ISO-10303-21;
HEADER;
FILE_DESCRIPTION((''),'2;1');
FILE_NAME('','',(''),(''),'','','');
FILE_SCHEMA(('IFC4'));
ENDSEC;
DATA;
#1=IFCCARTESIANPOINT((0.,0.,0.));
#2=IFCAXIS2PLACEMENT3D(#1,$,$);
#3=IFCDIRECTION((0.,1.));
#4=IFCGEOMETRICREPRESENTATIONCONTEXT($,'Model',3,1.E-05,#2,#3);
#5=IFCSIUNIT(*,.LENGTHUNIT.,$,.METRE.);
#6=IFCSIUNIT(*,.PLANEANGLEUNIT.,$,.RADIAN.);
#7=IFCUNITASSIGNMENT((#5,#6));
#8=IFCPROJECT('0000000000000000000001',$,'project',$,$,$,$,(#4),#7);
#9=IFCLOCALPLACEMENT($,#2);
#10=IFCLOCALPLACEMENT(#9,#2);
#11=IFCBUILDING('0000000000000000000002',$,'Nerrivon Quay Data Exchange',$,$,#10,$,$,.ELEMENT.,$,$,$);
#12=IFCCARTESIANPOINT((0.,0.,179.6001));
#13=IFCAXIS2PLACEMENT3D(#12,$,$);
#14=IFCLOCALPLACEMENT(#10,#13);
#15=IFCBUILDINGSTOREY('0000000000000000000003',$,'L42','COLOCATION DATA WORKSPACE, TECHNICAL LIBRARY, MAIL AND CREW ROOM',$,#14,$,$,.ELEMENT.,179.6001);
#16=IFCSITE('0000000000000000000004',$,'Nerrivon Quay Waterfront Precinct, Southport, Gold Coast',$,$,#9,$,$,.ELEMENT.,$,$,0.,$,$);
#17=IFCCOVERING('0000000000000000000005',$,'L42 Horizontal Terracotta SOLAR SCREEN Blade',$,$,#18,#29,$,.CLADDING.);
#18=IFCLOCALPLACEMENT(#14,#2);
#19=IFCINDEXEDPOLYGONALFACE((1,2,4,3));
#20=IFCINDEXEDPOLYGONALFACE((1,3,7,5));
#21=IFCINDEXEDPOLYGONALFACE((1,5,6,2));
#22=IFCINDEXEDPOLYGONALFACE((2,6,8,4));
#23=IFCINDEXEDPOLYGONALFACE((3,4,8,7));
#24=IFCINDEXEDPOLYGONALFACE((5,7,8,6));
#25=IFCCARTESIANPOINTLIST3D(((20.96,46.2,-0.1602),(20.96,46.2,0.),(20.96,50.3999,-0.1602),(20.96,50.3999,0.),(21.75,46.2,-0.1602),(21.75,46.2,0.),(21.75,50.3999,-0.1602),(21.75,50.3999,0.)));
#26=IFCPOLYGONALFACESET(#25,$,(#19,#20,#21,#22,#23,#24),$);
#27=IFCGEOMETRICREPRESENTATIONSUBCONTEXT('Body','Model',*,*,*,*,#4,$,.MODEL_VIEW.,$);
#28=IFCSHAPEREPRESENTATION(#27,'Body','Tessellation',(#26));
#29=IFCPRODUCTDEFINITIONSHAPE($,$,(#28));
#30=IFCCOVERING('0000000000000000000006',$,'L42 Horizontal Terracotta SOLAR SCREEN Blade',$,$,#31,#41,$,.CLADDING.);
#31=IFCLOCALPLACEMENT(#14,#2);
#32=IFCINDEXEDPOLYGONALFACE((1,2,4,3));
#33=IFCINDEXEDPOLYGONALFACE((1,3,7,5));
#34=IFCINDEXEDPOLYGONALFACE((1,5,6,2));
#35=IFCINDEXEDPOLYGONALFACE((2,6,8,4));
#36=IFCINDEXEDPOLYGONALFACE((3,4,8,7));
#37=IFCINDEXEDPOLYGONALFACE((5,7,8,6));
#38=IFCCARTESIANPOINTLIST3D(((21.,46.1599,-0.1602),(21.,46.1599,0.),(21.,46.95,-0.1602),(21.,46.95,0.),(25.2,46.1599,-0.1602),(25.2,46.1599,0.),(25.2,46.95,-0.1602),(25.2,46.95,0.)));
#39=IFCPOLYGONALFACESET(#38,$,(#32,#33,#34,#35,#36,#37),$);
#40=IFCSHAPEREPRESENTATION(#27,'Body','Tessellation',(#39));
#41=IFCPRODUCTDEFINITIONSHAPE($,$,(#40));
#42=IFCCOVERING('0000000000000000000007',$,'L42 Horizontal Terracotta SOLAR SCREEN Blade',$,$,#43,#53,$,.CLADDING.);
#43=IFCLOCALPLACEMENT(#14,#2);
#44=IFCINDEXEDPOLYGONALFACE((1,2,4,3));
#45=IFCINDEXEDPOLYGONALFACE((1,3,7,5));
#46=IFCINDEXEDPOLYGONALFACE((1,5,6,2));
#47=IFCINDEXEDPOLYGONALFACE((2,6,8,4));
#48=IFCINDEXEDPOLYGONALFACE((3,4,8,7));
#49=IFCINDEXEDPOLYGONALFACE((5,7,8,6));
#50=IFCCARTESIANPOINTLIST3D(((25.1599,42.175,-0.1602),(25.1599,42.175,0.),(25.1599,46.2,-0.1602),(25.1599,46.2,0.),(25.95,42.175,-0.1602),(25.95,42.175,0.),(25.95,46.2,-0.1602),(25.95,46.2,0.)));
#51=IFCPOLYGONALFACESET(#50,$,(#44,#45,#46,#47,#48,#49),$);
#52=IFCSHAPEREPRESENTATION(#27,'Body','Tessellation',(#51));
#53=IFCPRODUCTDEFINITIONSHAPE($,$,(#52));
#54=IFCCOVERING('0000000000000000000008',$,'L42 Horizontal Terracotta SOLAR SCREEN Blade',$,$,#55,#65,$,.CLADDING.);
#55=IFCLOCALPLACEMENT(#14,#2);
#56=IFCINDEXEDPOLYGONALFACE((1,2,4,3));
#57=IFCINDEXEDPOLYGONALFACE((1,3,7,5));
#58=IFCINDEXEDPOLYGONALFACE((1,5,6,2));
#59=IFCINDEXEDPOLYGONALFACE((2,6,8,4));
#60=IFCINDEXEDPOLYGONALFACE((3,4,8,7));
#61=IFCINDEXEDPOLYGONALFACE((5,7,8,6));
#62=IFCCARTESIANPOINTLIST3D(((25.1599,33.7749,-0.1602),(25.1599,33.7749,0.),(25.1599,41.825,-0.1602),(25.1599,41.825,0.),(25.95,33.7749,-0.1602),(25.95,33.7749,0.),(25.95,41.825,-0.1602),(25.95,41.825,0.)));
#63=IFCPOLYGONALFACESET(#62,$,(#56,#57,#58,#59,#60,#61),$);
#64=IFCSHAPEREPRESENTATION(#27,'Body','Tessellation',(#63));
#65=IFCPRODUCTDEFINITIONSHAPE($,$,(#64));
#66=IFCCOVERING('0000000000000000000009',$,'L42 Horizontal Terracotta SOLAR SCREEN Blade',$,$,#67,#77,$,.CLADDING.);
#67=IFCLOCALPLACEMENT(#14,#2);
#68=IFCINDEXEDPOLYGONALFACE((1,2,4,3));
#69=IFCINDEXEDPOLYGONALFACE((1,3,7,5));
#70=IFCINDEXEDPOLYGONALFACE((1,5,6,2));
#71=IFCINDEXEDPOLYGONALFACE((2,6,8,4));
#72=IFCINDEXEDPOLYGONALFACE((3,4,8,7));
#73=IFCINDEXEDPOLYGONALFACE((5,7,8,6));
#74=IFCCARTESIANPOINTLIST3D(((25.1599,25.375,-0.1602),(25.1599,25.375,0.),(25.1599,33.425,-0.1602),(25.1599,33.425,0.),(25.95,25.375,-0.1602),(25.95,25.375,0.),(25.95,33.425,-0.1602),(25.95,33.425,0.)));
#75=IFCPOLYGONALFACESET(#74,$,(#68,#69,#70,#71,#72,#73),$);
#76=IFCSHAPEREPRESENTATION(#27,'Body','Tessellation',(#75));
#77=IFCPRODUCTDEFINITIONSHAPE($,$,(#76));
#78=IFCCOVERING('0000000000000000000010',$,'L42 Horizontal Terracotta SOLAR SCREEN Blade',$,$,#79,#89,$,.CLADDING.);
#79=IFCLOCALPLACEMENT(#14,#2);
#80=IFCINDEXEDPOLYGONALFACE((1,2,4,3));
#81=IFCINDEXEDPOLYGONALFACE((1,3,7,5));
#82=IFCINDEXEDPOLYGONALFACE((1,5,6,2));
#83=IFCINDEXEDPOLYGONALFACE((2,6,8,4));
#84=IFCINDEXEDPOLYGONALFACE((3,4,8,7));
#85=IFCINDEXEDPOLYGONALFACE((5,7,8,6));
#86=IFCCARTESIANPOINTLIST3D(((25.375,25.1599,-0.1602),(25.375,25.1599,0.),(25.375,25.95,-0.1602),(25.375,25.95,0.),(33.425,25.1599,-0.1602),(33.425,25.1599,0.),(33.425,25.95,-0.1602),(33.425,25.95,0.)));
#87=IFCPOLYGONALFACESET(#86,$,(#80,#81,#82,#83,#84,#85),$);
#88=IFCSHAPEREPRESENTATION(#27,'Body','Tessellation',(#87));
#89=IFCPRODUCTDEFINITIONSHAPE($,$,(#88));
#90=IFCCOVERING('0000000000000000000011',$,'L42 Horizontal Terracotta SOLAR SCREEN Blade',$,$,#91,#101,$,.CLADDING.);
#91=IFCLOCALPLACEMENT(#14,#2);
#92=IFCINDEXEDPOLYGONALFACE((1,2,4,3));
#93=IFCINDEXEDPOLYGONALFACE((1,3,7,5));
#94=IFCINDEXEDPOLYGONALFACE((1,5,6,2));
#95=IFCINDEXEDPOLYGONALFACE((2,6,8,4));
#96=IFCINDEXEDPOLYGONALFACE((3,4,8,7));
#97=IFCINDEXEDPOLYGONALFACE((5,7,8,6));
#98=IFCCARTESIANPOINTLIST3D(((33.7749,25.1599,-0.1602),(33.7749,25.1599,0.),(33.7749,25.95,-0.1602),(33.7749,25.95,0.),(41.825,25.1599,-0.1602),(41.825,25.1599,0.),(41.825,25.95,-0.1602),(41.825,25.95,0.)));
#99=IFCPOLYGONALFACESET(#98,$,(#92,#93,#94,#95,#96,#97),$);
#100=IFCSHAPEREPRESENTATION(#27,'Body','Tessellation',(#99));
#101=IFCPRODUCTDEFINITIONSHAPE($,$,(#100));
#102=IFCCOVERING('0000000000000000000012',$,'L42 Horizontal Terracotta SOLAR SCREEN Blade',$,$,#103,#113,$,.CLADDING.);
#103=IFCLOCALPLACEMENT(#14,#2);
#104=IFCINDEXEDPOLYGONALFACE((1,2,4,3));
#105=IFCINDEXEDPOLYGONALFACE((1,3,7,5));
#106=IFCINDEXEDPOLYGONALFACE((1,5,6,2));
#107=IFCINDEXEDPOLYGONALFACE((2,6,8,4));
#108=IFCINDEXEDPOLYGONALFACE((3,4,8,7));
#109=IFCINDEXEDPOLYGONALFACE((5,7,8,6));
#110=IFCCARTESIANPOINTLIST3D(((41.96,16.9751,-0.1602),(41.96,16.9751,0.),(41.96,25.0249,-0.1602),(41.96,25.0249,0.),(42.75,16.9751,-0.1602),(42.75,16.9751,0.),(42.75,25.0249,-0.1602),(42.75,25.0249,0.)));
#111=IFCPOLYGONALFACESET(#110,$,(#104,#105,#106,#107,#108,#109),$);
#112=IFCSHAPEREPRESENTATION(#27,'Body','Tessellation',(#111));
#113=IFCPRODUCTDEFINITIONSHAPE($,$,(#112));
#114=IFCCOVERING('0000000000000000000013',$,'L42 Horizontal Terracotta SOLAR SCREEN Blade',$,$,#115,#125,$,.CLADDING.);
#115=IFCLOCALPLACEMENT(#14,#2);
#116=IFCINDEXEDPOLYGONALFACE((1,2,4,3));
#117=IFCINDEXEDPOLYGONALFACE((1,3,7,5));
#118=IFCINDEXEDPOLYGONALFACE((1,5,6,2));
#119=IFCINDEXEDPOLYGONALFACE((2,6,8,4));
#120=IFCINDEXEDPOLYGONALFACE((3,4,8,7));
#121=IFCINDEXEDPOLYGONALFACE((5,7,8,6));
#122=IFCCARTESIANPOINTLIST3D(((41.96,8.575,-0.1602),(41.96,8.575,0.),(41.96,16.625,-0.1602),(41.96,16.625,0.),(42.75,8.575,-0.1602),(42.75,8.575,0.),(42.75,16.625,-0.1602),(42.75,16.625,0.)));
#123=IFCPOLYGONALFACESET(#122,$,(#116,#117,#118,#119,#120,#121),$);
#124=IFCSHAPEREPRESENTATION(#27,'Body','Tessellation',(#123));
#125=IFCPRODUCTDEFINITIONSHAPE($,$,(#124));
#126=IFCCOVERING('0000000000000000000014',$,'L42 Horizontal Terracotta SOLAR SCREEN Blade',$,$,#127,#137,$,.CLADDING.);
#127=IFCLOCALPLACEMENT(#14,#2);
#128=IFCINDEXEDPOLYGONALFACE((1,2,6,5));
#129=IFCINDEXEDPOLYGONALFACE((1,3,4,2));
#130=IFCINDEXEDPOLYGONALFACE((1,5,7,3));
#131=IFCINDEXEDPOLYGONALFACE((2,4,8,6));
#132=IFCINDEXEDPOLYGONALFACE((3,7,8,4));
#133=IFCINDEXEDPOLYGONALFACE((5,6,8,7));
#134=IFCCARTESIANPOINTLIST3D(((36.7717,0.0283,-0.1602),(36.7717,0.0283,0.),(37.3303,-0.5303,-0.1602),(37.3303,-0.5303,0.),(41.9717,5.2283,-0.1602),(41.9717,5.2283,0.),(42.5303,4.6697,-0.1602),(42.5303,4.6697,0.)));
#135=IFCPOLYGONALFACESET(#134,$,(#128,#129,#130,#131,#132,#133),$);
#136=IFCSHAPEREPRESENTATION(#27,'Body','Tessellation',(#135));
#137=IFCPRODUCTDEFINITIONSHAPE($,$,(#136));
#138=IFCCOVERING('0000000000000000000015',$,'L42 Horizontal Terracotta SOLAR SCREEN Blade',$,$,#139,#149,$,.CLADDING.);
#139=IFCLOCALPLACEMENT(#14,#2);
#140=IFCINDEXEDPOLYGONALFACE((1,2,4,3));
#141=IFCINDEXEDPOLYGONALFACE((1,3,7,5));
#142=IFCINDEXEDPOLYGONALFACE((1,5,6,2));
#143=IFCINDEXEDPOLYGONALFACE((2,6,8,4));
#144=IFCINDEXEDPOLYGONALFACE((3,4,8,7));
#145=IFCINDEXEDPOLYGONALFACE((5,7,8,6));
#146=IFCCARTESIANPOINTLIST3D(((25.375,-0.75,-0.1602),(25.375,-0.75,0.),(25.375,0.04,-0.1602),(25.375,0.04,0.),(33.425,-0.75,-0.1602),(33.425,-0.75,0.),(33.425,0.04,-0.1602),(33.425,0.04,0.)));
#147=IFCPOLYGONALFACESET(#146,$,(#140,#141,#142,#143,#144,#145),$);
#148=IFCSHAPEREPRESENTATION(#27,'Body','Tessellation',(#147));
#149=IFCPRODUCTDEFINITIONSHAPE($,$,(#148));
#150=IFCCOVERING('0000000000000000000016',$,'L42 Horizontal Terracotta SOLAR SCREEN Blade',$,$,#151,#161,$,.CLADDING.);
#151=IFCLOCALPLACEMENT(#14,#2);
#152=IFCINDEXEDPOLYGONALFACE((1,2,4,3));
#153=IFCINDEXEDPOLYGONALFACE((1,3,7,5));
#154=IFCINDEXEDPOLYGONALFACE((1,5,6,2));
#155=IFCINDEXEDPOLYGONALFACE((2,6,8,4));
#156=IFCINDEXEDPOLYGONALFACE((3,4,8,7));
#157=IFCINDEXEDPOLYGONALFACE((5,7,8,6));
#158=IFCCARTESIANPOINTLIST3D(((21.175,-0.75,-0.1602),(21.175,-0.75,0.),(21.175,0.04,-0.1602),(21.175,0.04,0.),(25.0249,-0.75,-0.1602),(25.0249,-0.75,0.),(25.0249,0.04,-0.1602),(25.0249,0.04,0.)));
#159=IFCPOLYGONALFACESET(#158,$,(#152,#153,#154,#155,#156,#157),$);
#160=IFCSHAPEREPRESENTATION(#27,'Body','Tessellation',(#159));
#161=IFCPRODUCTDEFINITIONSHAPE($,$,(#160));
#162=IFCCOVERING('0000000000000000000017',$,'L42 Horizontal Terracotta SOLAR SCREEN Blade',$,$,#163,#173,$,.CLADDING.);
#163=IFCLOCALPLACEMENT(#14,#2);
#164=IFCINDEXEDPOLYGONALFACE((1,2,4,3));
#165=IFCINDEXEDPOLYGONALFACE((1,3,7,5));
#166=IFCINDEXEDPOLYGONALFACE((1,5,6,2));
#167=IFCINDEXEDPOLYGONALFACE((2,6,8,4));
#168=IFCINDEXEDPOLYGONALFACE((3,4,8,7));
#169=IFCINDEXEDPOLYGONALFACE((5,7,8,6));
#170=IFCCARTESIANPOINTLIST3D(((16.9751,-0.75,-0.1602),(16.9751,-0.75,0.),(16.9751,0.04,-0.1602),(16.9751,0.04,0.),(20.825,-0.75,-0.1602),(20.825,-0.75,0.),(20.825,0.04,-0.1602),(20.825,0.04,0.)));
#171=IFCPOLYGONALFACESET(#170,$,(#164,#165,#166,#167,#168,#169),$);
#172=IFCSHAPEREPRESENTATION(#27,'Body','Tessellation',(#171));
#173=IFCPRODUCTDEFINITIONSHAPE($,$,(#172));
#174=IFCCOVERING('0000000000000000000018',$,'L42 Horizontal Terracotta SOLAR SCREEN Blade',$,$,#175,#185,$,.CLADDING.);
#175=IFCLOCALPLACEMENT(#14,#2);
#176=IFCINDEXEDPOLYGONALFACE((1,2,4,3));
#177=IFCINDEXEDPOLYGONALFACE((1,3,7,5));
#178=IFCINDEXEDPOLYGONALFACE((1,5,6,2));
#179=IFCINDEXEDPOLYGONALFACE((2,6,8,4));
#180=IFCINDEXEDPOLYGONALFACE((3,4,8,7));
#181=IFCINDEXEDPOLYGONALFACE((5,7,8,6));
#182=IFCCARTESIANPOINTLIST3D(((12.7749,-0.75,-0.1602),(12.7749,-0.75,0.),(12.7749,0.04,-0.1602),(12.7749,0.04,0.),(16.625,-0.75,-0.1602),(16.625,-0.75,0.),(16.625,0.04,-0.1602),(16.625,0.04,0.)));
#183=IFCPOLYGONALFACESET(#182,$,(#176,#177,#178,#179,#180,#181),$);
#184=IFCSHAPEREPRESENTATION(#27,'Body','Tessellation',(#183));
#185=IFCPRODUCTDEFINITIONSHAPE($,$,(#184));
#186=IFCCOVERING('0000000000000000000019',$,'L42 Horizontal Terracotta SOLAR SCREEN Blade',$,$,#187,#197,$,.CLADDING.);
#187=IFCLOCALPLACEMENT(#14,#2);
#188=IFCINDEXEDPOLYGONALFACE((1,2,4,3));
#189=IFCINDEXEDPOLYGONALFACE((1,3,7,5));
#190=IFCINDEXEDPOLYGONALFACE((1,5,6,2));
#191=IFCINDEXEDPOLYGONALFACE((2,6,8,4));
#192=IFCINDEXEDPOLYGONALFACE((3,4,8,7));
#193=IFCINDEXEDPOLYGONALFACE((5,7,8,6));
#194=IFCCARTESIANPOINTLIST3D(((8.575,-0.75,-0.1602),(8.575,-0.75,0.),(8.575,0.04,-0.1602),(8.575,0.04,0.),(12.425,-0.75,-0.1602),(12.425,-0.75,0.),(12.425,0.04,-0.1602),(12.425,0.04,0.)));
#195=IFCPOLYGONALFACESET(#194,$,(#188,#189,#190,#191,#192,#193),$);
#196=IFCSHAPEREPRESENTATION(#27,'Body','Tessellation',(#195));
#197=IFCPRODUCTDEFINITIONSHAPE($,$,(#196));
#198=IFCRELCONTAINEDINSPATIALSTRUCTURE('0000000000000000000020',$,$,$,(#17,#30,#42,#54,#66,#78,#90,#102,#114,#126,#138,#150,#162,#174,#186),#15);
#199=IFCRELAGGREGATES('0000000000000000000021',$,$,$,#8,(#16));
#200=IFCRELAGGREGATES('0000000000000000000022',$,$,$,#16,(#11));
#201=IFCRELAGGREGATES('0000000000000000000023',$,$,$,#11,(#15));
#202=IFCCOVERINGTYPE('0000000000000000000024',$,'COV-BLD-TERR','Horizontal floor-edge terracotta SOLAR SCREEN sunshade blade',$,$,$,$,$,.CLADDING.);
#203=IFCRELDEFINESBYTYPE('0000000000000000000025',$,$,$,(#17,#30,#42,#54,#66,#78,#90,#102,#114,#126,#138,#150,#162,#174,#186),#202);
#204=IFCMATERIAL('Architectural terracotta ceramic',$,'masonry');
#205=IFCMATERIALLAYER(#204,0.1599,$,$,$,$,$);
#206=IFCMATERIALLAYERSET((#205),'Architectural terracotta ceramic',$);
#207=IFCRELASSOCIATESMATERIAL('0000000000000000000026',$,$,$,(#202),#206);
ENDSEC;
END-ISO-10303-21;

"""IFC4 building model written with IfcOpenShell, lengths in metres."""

from ifc_helpers import new_model, si_unit, direction, frame, origin, place, context, subcontext, project, spatial, polyline, outline, extrude, material, layer, layer_set, type_object, element, save


model = new_model("IFC4")

# Units and contexts
model_context = context("Model", 3, precision=1e-05, world=origin(), true_north=direction((0.0, 1.0)))
body_context = subcontext(model_context, "Body", "Model", "MODEL_VIEW")
ifc_project = project(units=[si_unit("LENGTHUNIT", "METRE"), si_unit("PLANEANGLEUNIT", "RADIAN")], contexts=[model_context])

# Site, building, storey
site_placement = place(None, origin())
site = spatial("IfcSite", under=ifc_project, at=site_placement, Name="Nerrivon Quay Waterfront Precinct, Southport, Gold Coast", CompositionType="ELEMENT", RefElevation=0.0)
building_placement = place(site_placement, origin())
building = spatial("IfcBuilding", under=site, at=building_placement, Name="Nerrivon Quay Data Exchange", CompositionType="ELEMENT")
storey_placement = place(building_placement, frame((0.0, 0.0, 179.6001)))
storey = spatial("IfcBuildingStorey", under=building, at=storey_placement, Name="L42", Description="COLOCATION DATA WORKSPACE, TECHNICAL LIBRARY, MAIL AND CREW ROOM", CompositionType="ELEMENT", Elevation=179.6001)

# Coverings
ifc_material_1 = material(Name="Architectural terracotta ceramic", Category="masonry")
ifc_layer_1 = layer(ifc_material_1, 0.1599)
ifc_layer_set_1 = layer_set([ifc_layer_1], Name="Architectural terracotta ceramic")
covering_type = type_object("IfcCoveringType", Name="COV-BLD-TERR", Description="Horizontal floor-edge terracotta SOLAR SCREEN sunshade blade", PredefinedType="CLADDING", material=ifc_layer_set_1)
covering_1_placement = place(storey_placement, frame((0.0, 0.0, -0.1602)))
element("IfcCovering", 1, at=covering_1_placement, inside=storey, type_object=covering_type, Name="L42 Horizontal Terracotta SOLAR SCREEN Blade", PredefinedType="CLADDING", context=body_context, shape_type="SweptSolid", body=[
    extrude(outline(polyline([(20.96, 50.3999), (20.96, 46.2), (21.75, 46.2), (21.75, 50.3999), (20.96, 50.3999)])), origin(), (0.0, 0.0, 1.0), 0.1602),
])
covering_2_placement = place(storey_placement, frame((0.0, 0.0, -0.1602)))
element("IfcCovering", 2, at=covering_2_placement, inside=storey, type_object=covering_type, Name="L42 Horizontal Terracotta SOLAR SCREEN Blade", PredefinedType="CLADDING", context=body_context, shape_type="SweptSolid", body=[
    extrude(outline(polyline([(21.0, 46.1599), (25.2, 46.1599), (25.2, 46.95), (21.0, 46.95), (21.0, 46.1599)])), origin(), (0.0, 0.0, 1.0), 0.1602),
])
covering_3_placement = place(storey_placement, frame((0.0, 0.0, -0.1602)))
element("IfcCovering", 3, at=covering_3_placement, inside=storey, type_object=covering_type, Name="L42 Horizontal Terracotta SOLAR SCREEN Blade", PredefinedType="CLADDING", context=body_context, shape_type="SweptSolid", body=[
    extrude(outline(polyline([(25.1599, 46.2), (25.1599, 42.175), (25.95, 42.175), (25.95, 46.2), (25.1599, 46.2)])), origin(), (0.0, 0.0, 1.0), 0.1602),
])
covering_4_placement = place(storey_placement, frame((0.0, 0.0, -0.1602)))
element("IfcCovering", 4, at=covering_4_placement, inside=storey, type_object=covering_type, Name="L42 Horizontal Terracotta SOLAR SCREEN Blade", PredefinedType="CLADDING", context=body_context, shape_type="SweptSolid", body=[
    extrude(outline(polyline([(25.1599, 41.825), (25.1599, 33.7749), (25.95, 33.7749), (25.95, 41.825), (25.1599, 41.825)])), origin(), (0.0, 0.0, 1.0), 0.1602),
])
covering_5_placement = place(storey_placement, frame((0.0, 0.0, -0.1602)))
element("IfcCovering", 5, at=covering_5_placement, inside=storey, type_object=covering_type, Name="L42 Horizontal Terracotta SOLAR SCREEN Blade", PredefinedType="CLADDING", context=body_context, shape_type="SweptSolid", body=[
    extrude(outline(polyline([(25.1599, 33.425), (25.1599, 25.375), (25.95, 25.375), (25.95, 33.425), (25.1599, 33.425)])), origin(), (0.0, 0.0, 1.0), 0.1602),
])
covering_6_placement = place(storey_placement, frame((0.0, 0.0, -0.1602)))
element("IfcCovering", 6, at=covering_6_placement, inside=storey, type_object=covering_type, Name="L42 Horizontal Terracotta SOLAR SCREEN Blade", PredefinedType="CLADDING", context=body_context, shape_type="SweptSolid", body=[
    extrude(outline(polyline([(25.375, 25.1599), (33.425, 25.1599), (33.425, 25.95), (25.375, 25.95), (25.375, 25.1599)])), origin(), (0.0, 0.0, 1.0), 0.1602),
])
covering_7_placement = place(storey_placement, frame((0.0, 0.0, -0.1602)))
element("IfcCovering", 7, at=covering_7_placement, inside=storey, type_object=covering_type, Name="L42 Horizontal Terracotta SOLAR SCREEN Blade", PredefinedType="CLADDING", context=body_context, shape_type="SweptSolid", body=[
    extrude(outline(polyline([(33.7749, 25.1599), (41.825, 25.1599), (41.825, 25.95), (33.7749, 25.95), (33.7749, 25.1599)])), origin(), (0.0, 0.0, 1.0), 0.1602),
])
covering_8_placement = place(storey_placement, frame((0.0, 0.0, -0.1602)))
element("IfcCovering", 8, at=covering_8_placement, inside=storey, type_object=covering_type, Name="L42 Horizontal Terracotta SOLAR SCREEN Blade", PredefinedType="CLADDING", context=body_context, shape_type="SweptSolid", body=[
    extrude(outline(polyline([(41.96, 25.0249), (41.96, 16.9751), (42.75, 16.9751), (42.75, 25.0249), (41.96, 25.0249)])), origin(), (0.0, 0.0, 1.0), 0.1602),
])
covering_9_placement = place(storey_placement, frame((0.0, 0.0, -0.1602)))
element("IfcCovering", 9, at=covering_9_placement, inside=storey, type_object=covering_type, Name="L42 Horizontal Terracotta SOLAR SCREEN Blade", PredefinedType="CLADDING", context=body_context, shape_type="SweptSolid", body=[
    extrude(outline(polyline([(41.96, 16.625), (41.96, 8.575), (42.75, 8.575), (42.75, 16.625), (41.96, 16.625)])), origin(), (0.0, 0.0, 1.0), 0.1602),
])
covering_10_placement = place(storey_placement, frame((0.0, 0.0, -0.1602)))
element("IfcCovering", 10, at=covering_10_placement, inside=storey, type_object=covering_type, Name="L42 Horizontal Terracotta SOLAR SCREEN Blade", PredefinedType="CLADDING", context=body_context, shape_type="SweptSolid", body=[
    extrude(outline(polyline([(41.9717, 5.2283), (36.7717, 0.0283), (37.3303, -0.5303), (42.5303, 4.6697), (41.9717, 5.2283)])), origin(), (0.0, 0.0, 1.0), 0.1602),
])
covering_11_placement = place(storey_placement, frame((0.0, 0.0, -0.1602)))
element("IfcCovering", 11, at=covering_11_placement, inside=storey, type_object=covering_type, Name="L42 Horizontal Terracotta SOLAR SCREEN Blade", PredefinedType="CLADDING", context=body_context, shape_type="SweptSolid", body=[
    extrude(outline(polyline([(33.425, 0.04), (25.375, 0.04), (25.375, -0.75), (33.425, -0.75), (33.425, 0.04)])), origin(), (0.0, 0.0, 1.0), 0.1602),
])
covering_12_placement = place(storey_placement, frame((0.0, 0.0, -0.1602)))
element("IfcCovering", 12, at=covering_12_placement, inside=storey, type_object=covering_type, Name="L42 Horizontal Terracotta SOLAR SCREEN Blade", PredefinedType="CLADDING", context=body_context, shape_type="SweptSolid", body=[
    extrude(outline(polyline([(25.0249, 0.04), (21.175, 0.04), (21.175, -0.75), (25.0249, -0.75), (25.0249, 0.04)])), origin(), (0.0, 0.0, 1.0), 0.1602),
])
covering_13_placement = place(storey_placement, frame((0.0, 0.0, -0.1602)))
element("IfcCovering", 13, at=covering_13_placement, inside=storey, type_object=covering_type, Name="L42 Horizontal Terracotta SOLAR SCREEN Blade", PredefinedType="CLADDING", context=body_context, shape_type="SweptSolid", body=[
    extrude(outline(polyline([(20.825, 0.04), (16.9751, 0.04), (16.9751, -0.75), (20.825, -0.75), (20.825, 0.04)])), origin(), (0.0, 0.0, 1.0), 0.1602),
])
covering_14_placement = place(storey_placement, frame((0.0, 0.0, -0.1602)))
element("IfcCovering", 14, at=covering_14_placement, inside=storey, type_object=covering_type, Name="L42 Horizontal Terracotta SOLAR SCREEN Blade", PredefinedType="CLADDING", context=body_context, shape_type="SweptSolid", body=[
    extrude(outline(polyline([(16.625, 0.04), (12.7749, 0.04), (12.7749, -0.75), (16.625, -0.75), (16.625, 0.04)])), origin(), (0.0, 0.0, 1.0), 0.1602),
])
covering_15_placement = place(storey_placement, frame((0.0, 0.0, -0.1602)))
element("IfcCovering", 15, at=covering_15_placement, inside=storey, type_object=covering_type, Name="L42 Horizontal Terracotta SOLAR SCREEN Blade", PredefinedType="CLADDING", context=body_context, shape_type="SweptSolid", body=[
    extrude(outline(polyline([(12.425, 0.04), (8.575, 0.04), (8.575, -0.75), (12.425, -0.75), (12.425, 0.04)])), origin(), (0.0, 0.0, 1.0), 0.1602),
])

save(model, "model.ifc")
